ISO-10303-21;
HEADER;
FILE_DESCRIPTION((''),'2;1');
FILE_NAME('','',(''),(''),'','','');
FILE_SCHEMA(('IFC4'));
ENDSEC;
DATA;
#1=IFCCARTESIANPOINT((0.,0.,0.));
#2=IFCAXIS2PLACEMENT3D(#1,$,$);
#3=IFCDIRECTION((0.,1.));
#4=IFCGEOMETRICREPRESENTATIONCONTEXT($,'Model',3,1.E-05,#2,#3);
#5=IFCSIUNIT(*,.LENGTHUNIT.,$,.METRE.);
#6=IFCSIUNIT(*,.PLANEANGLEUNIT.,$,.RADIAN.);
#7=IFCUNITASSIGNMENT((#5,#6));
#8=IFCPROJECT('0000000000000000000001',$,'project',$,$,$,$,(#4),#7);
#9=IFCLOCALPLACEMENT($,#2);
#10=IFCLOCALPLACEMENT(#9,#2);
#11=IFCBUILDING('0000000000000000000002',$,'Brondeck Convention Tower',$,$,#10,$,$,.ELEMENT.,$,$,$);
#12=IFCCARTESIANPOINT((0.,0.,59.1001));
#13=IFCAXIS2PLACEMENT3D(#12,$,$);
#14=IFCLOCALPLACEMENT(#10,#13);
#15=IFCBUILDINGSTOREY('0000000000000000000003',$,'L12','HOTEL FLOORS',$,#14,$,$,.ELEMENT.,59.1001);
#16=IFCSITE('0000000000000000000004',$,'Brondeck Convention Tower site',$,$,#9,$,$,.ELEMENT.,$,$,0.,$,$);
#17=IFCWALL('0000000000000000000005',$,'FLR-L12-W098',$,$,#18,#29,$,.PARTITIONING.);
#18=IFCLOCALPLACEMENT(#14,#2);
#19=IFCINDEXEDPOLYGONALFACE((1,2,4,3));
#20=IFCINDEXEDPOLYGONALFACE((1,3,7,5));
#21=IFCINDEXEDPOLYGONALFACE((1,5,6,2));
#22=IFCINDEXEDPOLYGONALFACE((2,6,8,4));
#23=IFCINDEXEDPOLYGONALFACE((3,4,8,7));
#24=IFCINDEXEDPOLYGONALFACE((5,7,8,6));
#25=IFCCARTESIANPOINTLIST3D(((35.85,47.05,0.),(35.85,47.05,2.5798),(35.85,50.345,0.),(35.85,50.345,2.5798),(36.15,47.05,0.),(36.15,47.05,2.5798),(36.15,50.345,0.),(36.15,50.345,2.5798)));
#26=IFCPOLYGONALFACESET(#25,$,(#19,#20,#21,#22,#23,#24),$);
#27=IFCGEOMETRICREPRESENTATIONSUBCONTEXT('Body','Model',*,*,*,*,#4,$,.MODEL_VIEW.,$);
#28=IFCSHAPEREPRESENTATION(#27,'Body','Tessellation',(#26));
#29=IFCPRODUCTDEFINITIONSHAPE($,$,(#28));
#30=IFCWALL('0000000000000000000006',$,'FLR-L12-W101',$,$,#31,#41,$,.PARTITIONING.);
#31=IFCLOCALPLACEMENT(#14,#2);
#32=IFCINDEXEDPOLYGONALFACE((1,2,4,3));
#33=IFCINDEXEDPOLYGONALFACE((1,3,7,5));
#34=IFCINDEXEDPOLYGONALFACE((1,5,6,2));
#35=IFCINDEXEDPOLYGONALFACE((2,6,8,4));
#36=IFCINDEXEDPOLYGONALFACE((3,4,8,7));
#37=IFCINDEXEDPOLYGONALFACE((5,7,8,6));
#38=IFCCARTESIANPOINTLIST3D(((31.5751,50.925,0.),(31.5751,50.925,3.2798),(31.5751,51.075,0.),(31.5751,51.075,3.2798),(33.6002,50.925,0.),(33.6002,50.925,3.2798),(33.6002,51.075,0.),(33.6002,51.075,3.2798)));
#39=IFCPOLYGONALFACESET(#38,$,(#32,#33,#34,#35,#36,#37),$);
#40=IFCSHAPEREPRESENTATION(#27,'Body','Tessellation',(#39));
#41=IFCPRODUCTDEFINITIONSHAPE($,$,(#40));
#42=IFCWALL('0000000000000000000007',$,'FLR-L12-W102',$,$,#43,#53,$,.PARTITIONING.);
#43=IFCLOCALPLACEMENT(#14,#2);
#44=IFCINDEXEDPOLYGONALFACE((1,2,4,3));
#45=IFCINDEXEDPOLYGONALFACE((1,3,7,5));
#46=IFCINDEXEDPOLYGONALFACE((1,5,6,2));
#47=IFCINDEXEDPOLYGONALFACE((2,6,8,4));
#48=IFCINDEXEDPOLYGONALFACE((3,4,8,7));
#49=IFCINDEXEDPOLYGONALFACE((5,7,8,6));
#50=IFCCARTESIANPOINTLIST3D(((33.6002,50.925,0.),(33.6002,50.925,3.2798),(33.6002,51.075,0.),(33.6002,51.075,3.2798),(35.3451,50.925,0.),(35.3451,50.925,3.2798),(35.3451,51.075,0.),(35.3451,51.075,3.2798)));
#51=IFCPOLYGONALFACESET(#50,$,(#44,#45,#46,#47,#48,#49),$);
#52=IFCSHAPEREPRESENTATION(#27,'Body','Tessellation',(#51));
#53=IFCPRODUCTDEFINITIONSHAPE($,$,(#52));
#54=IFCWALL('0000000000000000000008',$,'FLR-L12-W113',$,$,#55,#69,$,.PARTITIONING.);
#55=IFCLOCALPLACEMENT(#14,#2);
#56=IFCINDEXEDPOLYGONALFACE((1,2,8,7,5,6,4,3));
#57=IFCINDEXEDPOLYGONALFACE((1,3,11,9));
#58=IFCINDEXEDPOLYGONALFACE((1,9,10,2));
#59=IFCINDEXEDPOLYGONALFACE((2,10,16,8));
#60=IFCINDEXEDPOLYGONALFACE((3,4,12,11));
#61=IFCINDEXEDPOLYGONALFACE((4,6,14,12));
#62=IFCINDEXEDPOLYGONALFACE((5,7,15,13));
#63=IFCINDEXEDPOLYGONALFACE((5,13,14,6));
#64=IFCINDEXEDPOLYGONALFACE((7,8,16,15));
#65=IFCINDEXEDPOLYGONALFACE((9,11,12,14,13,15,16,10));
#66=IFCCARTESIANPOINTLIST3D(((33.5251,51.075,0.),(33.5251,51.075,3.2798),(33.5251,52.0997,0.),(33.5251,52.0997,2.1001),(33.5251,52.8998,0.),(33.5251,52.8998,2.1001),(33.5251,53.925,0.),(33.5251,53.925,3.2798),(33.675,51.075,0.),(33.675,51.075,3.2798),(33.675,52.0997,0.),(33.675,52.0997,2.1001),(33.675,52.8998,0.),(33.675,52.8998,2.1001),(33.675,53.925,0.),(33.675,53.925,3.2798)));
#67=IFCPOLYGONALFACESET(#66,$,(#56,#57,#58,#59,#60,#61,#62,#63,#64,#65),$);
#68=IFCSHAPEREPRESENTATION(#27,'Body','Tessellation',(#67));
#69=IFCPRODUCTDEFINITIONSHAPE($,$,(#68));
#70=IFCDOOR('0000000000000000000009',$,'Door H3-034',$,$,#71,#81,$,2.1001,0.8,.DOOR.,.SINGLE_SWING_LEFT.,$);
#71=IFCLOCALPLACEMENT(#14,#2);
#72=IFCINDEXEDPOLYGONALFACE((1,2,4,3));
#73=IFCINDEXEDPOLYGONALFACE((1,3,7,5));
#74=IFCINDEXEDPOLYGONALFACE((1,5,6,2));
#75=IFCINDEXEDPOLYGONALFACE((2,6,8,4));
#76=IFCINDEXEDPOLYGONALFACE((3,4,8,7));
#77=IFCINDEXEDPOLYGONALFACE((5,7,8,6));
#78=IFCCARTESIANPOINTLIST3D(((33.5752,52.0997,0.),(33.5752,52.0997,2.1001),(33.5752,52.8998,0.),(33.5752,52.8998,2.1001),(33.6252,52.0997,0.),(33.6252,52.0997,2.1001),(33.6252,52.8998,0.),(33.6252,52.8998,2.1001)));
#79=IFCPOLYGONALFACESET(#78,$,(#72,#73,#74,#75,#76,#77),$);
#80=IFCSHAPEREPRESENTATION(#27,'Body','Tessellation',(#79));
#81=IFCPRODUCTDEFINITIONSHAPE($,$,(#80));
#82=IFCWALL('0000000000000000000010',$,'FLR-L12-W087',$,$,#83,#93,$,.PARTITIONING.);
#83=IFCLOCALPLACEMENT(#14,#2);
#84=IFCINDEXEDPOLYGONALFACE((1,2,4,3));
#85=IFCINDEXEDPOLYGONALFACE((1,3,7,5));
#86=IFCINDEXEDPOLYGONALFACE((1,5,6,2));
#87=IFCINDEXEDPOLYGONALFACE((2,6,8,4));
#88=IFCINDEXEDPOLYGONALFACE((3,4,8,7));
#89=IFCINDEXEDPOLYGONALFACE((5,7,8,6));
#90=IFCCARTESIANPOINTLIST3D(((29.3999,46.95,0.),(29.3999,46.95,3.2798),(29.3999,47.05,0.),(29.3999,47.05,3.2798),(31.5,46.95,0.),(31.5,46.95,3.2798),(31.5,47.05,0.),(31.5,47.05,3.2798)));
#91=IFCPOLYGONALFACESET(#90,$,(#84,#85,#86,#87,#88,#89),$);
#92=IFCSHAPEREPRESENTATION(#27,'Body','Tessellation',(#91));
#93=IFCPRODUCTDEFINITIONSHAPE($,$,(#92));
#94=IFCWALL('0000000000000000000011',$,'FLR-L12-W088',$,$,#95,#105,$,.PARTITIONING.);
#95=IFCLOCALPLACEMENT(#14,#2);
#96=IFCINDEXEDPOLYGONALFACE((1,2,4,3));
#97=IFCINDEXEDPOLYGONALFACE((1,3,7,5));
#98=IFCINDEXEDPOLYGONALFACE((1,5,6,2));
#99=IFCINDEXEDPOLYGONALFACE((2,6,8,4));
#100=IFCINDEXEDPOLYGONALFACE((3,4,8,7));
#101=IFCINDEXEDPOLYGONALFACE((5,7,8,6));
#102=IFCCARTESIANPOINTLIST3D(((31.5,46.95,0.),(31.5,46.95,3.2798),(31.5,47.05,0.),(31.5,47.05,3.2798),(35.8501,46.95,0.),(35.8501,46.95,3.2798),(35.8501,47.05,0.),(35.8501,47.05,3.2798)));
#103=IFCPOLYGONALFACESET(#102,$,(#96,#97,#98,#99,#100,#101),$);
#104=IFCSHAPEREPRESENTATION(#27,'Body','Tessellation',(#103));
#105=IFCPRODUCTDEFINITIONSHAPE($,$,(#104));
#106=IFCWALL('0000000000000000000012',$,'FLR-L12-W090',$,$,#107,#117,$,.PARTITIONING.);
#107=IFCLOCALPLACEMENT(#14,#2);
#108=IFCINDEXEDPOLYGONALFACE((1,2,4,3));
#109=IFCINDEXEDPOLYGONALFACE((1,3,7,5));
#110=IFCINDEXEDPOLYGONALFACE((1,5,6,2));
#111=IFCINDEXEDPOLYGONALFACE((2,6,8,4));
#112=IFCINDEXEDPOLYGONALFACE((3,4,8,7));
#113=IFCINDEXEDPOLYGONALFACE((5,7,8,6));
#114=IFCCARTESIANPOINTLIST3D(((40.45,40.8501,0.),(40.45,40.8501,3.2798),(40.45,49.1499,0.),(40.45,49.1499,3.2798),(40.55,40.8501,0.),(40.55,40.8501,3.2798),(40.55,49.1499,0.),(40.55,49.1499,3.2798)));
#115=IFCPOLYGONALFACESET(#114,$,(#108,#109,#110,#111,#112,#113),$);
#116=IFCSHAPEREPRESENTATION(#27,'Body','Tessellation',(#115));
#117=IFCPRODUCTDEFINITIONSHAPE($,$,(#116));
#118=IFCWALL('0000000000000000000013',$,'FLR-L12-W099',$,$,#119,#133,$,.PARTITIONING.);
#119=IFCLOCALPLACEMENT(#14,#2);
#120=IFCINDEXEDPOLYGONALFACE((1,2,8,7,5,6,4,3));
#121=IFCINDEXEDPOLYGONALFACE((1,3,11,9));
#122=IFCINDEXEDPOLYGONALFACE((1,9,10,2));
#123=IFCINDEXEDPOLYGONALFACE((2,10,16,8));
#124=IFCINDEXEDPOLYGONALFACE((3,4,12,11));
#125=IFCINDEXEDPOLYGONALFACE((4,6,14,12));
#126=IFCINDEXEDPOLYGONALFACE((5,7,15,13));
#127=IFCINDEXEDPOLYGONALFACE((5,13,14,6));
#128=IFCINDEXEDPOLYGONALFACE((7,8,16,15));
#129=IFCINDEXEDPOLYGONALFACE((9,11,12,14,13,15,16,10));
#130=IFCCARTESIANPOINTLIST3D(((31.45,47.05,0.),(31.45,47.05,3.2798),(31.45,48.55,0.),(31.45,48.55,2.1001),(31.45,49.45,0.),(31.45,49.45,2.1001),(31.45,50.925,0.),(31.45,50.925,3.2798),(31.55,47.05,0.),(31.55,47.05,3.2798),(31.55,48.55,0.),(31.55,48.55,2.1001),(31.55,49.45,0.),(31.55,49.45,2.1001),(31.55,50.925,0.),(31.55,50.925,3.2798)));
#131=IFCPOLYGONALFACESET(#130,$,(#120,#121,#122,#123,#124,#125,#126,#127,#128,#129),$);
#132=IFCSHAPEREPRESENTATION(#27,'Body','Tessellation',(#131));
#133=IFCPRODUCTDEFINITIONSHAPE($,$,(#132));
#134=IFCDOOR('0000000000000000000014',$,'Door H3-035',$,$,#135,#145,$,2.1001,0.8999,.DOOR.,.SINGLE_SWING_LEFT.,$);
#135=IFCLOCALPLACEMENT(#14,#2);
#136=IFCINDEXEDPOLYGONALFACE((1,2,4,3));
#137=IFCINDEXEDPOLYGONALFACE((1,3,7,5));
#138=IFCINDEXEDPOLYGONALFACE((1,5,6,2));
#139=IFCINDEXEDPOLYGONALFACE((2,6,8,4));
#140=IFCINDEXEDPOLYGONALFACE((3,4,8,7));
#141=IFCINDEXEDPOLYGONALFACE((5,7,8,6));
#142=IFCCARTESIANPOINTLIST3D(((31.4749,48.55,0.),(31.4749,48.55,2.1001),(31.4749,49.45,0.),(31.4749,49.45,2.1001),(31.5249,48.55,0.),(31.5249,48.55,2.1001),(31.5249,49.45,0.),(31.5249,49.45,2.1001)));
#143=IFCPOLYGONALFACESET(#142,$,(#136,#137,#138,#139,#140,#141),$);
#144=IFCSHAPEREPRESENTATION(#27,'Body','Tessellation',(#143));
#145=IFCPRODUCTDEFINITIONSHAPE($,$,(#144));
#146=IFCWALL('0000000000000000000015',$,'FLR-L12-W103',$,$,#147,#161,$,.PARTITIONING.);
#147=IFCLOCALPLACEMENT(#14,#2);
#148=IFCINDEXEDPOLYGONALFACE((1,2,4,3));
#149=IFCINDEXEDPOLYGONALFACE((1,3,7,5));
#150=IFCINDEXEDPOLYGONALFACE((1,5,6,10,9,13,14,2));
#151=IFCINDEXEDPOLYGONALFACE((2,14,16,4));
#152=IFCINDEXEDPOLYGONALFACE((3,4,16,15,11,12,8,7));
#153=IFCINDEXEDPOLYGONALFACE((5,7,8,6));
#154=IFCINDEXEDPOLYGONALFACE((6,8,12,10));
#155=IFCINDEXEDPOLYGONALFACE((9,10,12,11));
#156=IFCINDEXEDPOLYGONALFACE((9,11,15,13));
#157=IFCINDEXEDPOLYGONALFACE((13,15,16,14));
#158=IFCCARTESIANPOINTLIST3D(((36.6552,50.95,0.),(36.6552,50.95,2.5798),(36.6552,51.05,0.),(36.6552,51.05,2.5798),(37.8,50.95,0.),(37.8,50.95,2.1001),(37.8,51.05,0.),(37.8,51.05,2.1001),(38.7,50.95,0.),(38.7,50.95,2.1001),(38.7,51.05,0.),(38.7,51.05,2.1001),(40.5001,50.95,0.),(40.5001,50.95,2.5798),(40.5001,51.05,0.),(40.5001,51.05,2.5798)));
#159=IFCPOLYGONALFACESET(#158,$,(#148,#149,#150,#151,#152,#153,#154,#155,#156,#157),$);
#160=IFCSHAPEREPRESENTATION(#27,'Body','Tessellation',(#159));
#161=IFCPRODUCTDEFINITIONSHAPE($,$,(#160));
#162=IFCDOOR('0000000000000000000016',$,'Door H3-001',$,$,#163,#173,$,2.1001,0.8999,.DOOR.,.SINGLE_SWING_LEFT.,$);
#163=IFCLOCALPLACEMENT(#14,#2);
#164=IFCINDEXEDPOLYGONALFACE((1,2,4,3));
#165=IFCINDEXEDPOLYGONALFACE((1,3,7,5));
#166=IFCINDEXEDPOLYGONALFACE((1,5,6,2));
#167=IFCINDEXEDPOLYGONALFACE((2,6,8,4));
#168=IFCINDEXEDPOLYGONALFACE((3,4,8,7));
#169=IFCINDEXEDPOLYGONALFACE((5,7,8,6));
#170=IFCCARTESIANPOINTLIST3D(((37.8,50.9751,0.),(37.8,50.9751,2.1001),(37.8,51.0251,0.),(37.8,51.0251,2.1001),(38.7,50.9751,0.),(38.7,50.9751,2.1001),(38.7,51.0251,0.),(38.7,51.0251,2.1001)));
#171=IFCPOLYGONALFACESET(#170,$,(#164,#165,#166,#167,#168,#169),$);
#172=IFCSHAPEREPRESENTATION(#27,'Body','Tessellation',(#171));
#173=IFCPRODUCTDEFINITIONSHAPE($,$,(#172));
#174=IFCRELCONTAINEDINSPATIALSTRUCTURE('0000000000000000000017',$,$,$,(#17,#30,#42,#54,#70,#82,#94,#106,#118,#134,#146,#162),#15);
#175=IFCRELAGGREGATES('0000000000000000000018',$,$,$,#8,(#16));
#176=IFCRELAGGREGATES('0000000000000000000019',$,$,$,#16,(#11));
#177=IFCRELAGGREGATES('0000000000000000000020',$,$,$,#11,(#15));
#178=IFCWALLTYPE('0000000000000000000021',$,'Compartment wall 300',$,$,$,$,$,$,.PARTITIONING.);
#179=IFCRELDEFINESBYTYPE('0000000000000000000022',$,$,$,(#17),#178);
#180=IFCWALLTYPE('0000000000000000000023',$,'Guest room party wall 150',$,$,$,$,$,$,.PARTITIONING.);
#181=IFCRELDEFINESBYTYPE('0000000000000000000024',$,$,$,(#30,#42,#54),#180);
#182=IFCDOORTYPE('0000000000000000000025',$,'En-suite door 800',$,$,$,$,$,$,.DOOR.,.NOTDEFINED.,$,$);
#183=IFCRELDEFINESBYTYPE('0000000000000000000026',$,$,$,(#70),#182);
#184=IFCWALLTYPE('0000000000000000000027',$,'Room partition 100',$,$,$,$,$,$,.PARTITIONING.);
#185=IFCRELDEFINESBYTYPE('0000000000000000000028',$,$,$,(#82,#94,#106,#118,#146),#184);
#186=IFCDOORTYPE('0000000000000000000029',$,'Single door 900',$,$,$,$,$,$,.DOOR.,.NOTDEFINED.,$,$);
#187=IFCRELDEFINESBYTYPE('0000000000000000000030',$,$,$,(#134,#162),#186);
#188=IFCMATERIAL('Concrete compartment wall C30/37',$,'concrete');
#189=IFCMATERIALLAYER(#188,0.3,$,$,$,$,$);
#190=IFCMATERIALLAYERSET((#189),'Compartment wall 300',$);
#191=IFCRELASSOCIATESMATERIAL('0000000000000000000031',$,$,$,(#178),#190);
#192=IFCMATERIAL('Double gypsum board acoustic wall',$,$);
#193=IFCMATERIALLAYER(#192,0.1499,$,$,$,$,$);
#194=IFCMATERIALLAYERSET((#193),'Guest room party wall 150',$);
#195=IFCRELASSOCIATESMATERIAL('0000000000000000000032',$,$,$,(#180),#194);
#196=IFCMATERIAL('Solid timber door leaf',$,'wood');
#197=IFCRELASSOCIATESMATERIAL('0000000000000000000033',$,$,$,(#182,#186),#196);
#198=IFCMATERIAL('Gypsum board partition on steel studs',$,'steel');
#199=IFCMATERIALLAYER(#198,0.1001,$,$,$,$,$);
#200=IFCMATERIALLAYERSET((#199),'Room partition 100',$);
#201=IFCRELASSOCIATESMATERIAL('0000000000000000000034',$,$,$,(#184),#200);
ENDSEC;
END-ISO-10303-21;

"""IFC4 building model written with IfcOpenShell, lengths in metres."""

from ifc_helpers import new_model, si_unit, direction, frame, frame_2d, origin, place, context, subcontext, project, spatial, rectangle, extrude, material, layer, layer_set, type_object, element, fill, save


model = new_model("IFC4")

# Units and contexts
model_context = context("Model", 3, precision=1e-05, world=origin(), true_north=direction((0.0, 1.0)))
body_context = subcontext(model_context, "Body", "Model", "MODEL_VIEW")
ifc_project = project(units=[si_unit("LENGTHUNIT", "METRE"), si_unit("PLANEANGLEUNIT", "RADIAN")], contexts=[model_context])

# Site, building, storey
site_placement = place(None, origin())
site = spatial("IfcSite", under=ifc_project, at=site_placement, Name="Brondeck Convention Tower site", CompositionType="ELEMENT", RefElevation=0.0)
building_placement = place(site_placement, origin())
building = spatial("IfcBuilding", under=site, at=building_placement, Name="Brondeck Convention Tower", CompositionType="ELEMENT")
storey_placement = place(building_placement, frame((0.0, 0.0, 59.1001)))
storey = spatial("IfcBuildingStorey", under=building, at=storey_placement, Name="L12", Description="HOTEL FLOORS", CompositionType="ELEMENT", Elevation=59.1001)

# Shared definitions
ifc_material_1 = material(Name="Concrete compartment wall C30/37", Category="concrete")
ifc_layer_1 = layer(ifc_material_1, 0.3)
ifc_layer_set_1 = layer_set([ifc_layer_1], Name="Compartment wall 300")
wall_type_1 = type_object("IfcWallType", Name="Compartment wall 300", PredefinedType="PARTITIONING", material=ifc_layer_set_1)

# Walls
wall_1_placement = place(storey_placement, frame((36.0, 50.345, 0.0), z_axis=(0.0, 0.0, 1.0), x_axis=(0.0, -1.0, 0.0)))
element("IfcWall", 1, at=wall_1_placement, inside=storey, type_object=wall_type_1, Name="FLR-L12-W098", PredefinedType="PARTITIONING", context=body_context, shape_type="SweptSolid", body=[
    extrude(rectangle(XDim=3.2949, YDim=0.3, at=frame_2d((1.6475, 0.0))), origin(), (0.0, 0.0, 1.0), 2.5798),
])
ifc_material_2 = material(Name="Double gypsum board acoustic wall")
ifc_layer_2 = layer(ifc_material_2, 0.1499)
ifc_layer_set_2 = layer_set([ifc_layer_2], Name="Guest room party wall 150")
wall_type_2 = type_object("IfcWallType", Name="Guest room party wall 150", PredefinedType="PARTITIONING", material=ifc_layer_set_2)
wall_2_placement = place(storey_placement, frame((31.575, 51.0, 0.0), z_axis=(0.0, 0.0, 1.0), x_axis=(1.0, 0.0, 0.0)))
element("IfcWall", 2, at=wall_2_placement, inside=storey, type_object=wall_type_2, Name="FLR-L12-W101", PredefinedType="PARTITIONING", context=body_context, shape_type="SweptSolid", body=[
    extrude(rectangle(XDim=2.0251, YDim=0.1499, at=frame_2d((1.0127, 0.0))), origin(), (0.0, 0.0, 1.0), 3.2798),
])
wall_3_placement = place(storey_placement, frame((33.6001, 51.0, 0.0), z_axis=(0.0, 0.0, 1.0), x_axis=(1.0, 0.0, 0.0)))
element("IfcWall", 3, at=wall_3_placement, inside=storey, type_object=wall_type_2, Name="FLR-L12-W102", PredefinedType="PARTITIONING", context=body_context, shape_type="SweptSolid", body=[
    extrude(rectangle(XDim=1.7449, YDim=0.1499, at=frame_2d((0.8726, 0.0))), origin(), (0.0, 0.0, 1.0), 3.2798),
])

# Wall, opening, door
wall_4_placement = place(storey_placement, frame((33.6001, 51.075, 0.0), z_axis=(0.0, 0.0, 1.0), x_axis=(0.0, 1.0, 0.0)))
wall_4 = element("IfcWall", 4, at=wall_4_placement, inside=storey, type_object=wall_type_2, Name="FLR-L12-W113", PredefinedType="PARTITIONING", context=body_context, shape_type="SweptSolid", body=[
    extrude(rectangle(XDim=2.8501, YDim=0.1499, at=frame_2d((1.425, 0.0))), origin(), (0.0, 0.0, 1.0), 3.2798),
])
opening_1_placement = place(wall_4_placement, frame((1.0249, 0.0, 0.0)))
opening_1 = element("IfcOpeningElement", 5, at=opening_1_placement, cuts=wall_4, PredefinedType="OPENING", context=body_context, shape_type="SweptSolid", body=[
    extrude(rectangle(XDim=0.8, YDim=2.1001, at=frame_2d((0.3999, 1.05))), frame((0.0, 0.085, 0.0), z_axis=(0.0, -1.0, 0.0), x_axis=(1.0, 0.0, 0.0)), (0.0, 0.0, 1.0), 0.1699),
])
ifc_material_3 = material(Name="Solid timber door leaf", Category="wood")
door_type_1 = type_object("IfcDoorType", Name="En-suite door 800", OperationType="NOTDEFINED", PredefinedType="DOOR", material=ifc_material_3)
door_1_placement = place(opening_1_placement, origin())
door_1 = element("IfcDoor", 6, at=door_1_placement, inside=storey, type_object=door_type_1, Name="Door H3-034", OperationType="SINGLE_SWING_LEFT", OverallHeight=2.1001, OverallWidth=0.8, PredefinedType="DOOR", context=body_context, shape_type="SweptSolid", body=[
    extrude(rectangle(XDim=0.8, YDim=2.1001, at=frame_2d((0.3999, 1.05))), frame((0.0, 0.0249, 0.0), z_axis=(0.0, -1.0, 0.0), x_axis=(1.0, 0.0, 0.0)), (0.0, 0.0, 1.0), 0.05),
])
fill(opening_1, door_1)

# Walls
ifc_material_4 = material(Name="Gypsum board partition on steel studs", Category="steel")
ifc_layer_3 = layer(ifc_material_4, 0.1001)
ifc_layer_set_3 = layer_set([ifc_layer_3], Name="Room partition 100")
wall_type_3 = type_object("IfcWallType", Name="Room partition 100", PredefinedType="PARTITIONING", material=ifc_layer_set_3)
wall_5_placement = place(storey_placement, frame((29.3999, 47.0, 0.0), z_axis=(0.0, 0.0, 1.0), x_axis=(1.0, 0.0, 0.0)))
element("IfcWall", 7, at=wall_5_placement, inside=storey, type_object=wall_type_3, Name="FLR-L12-W087", PredefinedType="PARTITIONING", context=body_context, shape_type="SweptSolid", body=[
    extrude(rectangle(XDim=2.1001, YDim=0.1001, at=frame_2d((1.05, 0.0))), origin(), (0.0, 0.0, 1.0), 3.2798),
])
wall_6_placement = place(storey_placement, frame((31.5, 47.0, 0.0), z_axis=(0.0, 0.0, 1.0), x_axis=(1.0, 0.0, 0.0)))
element("IfcWall", 8, at=wall_6_placement, inside=storey, type_object=wall_type_3, Name="FLR-L12-W088", PredefinedType="PARTITIONING", context=body_context, shape_type="SweptSolid", body=[
    extrude(rectangle(XDim=4.3501, YDim=0.1001, at=frame_2d((2.175, 0.0))), origin(), (0.0, 0.0, 1.0), 3.2798),
])
wall_7_placement = place(storey_placement, frame((40.5, 49.1499, 0.0), z_axis=(0.0, 0.0, 1.0), x_axis=(0.0, -1.0, 0.0)))
element("IfcWall", 9, at=wall_7_placement, inside=storey, type_object=wall_type_3, Name="FLR-L12-W090", PredefinedType="PARTITIONING", context=body_context, shape_type="SweptSolid", body=[
    extrude(rectangle(XDim=8.2998, YDim=0.1001, at=frame_2d((4.1499, 0.0))), origin(), (0.0, 0.0, 1.0), 3.2798),
])

# Walls, openings, doors
wall_8_placement = place(storey_placement, frame((31.5, 50.925, 0.0), z_axis=(0.0, 0.0, 1.0), x_axis=(0.0, -1.0, 0.0)))
wall_8 = element("IfcWall", 10, at=wall_8_placement, inside=storey, type_object=wall_type_3, Name="FLR-L12-W099", PredefinedType="PARTITIONING", context=body_context, shape_type="SweptSolid", body=[
    extrude(rectangle(XDim=3.875, YDim=0.1001, at=frame_2d((1.9375, 0.0))), origin(), (0.0, 0.0, 1.0), 3.2798),
])
opening_2_placement = place(wall_8_placement, frame((1.4751, 0.0, 0.0)))
opening_2 = element("IfcOpeningElement", 11, at=opening_2_placement, cuts=wall_8, PredefinedType="OPENING", context=body_context, shape_type="SweptSolid", body=[
    extrude(rectangle(XDim=0.8999, YDim=2.1001, at=frame_2d((0.45, 1.05))), frame((0.0, 0.0601, 0.0), z_axis=(0.0, -1.0, 0.0), x_axis=(1.0, 0.0, 0.0)), (0.0, 0.0, 1.0), 0.1201),
])
door_type_2 = type_object("IfcDoorType", Name="Single door 900", OperationType="NOTDEFINED", PredefinedType="DOOR", material=ifc_material_3)
door_2_placement = place(opening_2_placement, origin())
door_2 = element("IfcDoor", 12, at=door_2_placement, inside=storey, type_object=door_type_2, Name="Door H3-035", OperationType="SINGLE_SWING_LEFT", OverallHeight=2.1001, OverallWidth=0.8999, PredefinedType="DOOR", context=body_context, shape_type="SweptSolid", body=[
    extrude(rectangle(XDim=0.8999, YDim=2.1001, at=frame_2d((0.45, 1.05))), frame((0.0, 0.0249, 0.0), z_axis=(0.0, -1.0, 0.0), x_axis=(1.0, 0.0, 0.0)), (0.0, 0.0, 1.0), 0.05),
])
fill(opening_2, door_2)
wall_9_placement = place(storey_placement, frame((40.5, 51.0, 0.0), z_axis=(0.0, 0.0, 1.0), x_axis=(-1.0, 0.0, 0.0)))
wall_9 = element("IfcWall", 13, at=wall_9_placement, inside=storey, type_object=wall_type_3, Name="FLR-L12-W103", PredefinedType="PARTITIONING", context=body_context, shape_type="SweptSolid", body=[
    extrude(rectangle(XDim=3.845, YDim=0.1001, at=frame_2d((1.9224, 0.0))), origin(), (0.0, 0.0, 1.0), 2.5798),
])
opening_3_placement = place(wall_9_placement, frame((1.8, 0.0, 0.0)))
opening_3 = element("IfcOpeningElement", 14, at=opening_3_placement, cuts=wall_9, PredefinedType="OPENING", context=body_context, shape_type="SweptSolid", body=[
    extrude(rectangle(XDim=0.8999, YDim=2.1001, at=frame_2d((0.45, 1.05))), frame((0.0, 0.0601, 0.0), z_axis=(0.0, -1.0, 0.0), x_axis=(1.0, 0.0, 0.0)), (0.0, 0.0, 1.0), 0.1201),
])
door_3_placement = place(opening_3_placement, origin())
door_3 = element("IfcDoor", 15, at=door_3_placement, inside=storey, type_object=door_type_2, Name="Door H3-001", OperationType="SINGLE_SWING_LEFT", OverallHeight=2.1001, OverallWidth=0.8999, PredefinedType="DOOR", context=body_context, shape_type="SweptSolid", body=[
    extrude(rectangle(XDim=0.8999, YDim=2.1001, at=frame_2d((0.45, 1.05))), frame((0.0, 0.0249, 0.0), z_axis=(0.0, -1.0, 0.0), x_axis=(1.0, 0.0, 0.0)), (0.0, 0.0, 1.0), 0.05),
])
fill(opening_3, door_3)

save(model, "model.ifc")
